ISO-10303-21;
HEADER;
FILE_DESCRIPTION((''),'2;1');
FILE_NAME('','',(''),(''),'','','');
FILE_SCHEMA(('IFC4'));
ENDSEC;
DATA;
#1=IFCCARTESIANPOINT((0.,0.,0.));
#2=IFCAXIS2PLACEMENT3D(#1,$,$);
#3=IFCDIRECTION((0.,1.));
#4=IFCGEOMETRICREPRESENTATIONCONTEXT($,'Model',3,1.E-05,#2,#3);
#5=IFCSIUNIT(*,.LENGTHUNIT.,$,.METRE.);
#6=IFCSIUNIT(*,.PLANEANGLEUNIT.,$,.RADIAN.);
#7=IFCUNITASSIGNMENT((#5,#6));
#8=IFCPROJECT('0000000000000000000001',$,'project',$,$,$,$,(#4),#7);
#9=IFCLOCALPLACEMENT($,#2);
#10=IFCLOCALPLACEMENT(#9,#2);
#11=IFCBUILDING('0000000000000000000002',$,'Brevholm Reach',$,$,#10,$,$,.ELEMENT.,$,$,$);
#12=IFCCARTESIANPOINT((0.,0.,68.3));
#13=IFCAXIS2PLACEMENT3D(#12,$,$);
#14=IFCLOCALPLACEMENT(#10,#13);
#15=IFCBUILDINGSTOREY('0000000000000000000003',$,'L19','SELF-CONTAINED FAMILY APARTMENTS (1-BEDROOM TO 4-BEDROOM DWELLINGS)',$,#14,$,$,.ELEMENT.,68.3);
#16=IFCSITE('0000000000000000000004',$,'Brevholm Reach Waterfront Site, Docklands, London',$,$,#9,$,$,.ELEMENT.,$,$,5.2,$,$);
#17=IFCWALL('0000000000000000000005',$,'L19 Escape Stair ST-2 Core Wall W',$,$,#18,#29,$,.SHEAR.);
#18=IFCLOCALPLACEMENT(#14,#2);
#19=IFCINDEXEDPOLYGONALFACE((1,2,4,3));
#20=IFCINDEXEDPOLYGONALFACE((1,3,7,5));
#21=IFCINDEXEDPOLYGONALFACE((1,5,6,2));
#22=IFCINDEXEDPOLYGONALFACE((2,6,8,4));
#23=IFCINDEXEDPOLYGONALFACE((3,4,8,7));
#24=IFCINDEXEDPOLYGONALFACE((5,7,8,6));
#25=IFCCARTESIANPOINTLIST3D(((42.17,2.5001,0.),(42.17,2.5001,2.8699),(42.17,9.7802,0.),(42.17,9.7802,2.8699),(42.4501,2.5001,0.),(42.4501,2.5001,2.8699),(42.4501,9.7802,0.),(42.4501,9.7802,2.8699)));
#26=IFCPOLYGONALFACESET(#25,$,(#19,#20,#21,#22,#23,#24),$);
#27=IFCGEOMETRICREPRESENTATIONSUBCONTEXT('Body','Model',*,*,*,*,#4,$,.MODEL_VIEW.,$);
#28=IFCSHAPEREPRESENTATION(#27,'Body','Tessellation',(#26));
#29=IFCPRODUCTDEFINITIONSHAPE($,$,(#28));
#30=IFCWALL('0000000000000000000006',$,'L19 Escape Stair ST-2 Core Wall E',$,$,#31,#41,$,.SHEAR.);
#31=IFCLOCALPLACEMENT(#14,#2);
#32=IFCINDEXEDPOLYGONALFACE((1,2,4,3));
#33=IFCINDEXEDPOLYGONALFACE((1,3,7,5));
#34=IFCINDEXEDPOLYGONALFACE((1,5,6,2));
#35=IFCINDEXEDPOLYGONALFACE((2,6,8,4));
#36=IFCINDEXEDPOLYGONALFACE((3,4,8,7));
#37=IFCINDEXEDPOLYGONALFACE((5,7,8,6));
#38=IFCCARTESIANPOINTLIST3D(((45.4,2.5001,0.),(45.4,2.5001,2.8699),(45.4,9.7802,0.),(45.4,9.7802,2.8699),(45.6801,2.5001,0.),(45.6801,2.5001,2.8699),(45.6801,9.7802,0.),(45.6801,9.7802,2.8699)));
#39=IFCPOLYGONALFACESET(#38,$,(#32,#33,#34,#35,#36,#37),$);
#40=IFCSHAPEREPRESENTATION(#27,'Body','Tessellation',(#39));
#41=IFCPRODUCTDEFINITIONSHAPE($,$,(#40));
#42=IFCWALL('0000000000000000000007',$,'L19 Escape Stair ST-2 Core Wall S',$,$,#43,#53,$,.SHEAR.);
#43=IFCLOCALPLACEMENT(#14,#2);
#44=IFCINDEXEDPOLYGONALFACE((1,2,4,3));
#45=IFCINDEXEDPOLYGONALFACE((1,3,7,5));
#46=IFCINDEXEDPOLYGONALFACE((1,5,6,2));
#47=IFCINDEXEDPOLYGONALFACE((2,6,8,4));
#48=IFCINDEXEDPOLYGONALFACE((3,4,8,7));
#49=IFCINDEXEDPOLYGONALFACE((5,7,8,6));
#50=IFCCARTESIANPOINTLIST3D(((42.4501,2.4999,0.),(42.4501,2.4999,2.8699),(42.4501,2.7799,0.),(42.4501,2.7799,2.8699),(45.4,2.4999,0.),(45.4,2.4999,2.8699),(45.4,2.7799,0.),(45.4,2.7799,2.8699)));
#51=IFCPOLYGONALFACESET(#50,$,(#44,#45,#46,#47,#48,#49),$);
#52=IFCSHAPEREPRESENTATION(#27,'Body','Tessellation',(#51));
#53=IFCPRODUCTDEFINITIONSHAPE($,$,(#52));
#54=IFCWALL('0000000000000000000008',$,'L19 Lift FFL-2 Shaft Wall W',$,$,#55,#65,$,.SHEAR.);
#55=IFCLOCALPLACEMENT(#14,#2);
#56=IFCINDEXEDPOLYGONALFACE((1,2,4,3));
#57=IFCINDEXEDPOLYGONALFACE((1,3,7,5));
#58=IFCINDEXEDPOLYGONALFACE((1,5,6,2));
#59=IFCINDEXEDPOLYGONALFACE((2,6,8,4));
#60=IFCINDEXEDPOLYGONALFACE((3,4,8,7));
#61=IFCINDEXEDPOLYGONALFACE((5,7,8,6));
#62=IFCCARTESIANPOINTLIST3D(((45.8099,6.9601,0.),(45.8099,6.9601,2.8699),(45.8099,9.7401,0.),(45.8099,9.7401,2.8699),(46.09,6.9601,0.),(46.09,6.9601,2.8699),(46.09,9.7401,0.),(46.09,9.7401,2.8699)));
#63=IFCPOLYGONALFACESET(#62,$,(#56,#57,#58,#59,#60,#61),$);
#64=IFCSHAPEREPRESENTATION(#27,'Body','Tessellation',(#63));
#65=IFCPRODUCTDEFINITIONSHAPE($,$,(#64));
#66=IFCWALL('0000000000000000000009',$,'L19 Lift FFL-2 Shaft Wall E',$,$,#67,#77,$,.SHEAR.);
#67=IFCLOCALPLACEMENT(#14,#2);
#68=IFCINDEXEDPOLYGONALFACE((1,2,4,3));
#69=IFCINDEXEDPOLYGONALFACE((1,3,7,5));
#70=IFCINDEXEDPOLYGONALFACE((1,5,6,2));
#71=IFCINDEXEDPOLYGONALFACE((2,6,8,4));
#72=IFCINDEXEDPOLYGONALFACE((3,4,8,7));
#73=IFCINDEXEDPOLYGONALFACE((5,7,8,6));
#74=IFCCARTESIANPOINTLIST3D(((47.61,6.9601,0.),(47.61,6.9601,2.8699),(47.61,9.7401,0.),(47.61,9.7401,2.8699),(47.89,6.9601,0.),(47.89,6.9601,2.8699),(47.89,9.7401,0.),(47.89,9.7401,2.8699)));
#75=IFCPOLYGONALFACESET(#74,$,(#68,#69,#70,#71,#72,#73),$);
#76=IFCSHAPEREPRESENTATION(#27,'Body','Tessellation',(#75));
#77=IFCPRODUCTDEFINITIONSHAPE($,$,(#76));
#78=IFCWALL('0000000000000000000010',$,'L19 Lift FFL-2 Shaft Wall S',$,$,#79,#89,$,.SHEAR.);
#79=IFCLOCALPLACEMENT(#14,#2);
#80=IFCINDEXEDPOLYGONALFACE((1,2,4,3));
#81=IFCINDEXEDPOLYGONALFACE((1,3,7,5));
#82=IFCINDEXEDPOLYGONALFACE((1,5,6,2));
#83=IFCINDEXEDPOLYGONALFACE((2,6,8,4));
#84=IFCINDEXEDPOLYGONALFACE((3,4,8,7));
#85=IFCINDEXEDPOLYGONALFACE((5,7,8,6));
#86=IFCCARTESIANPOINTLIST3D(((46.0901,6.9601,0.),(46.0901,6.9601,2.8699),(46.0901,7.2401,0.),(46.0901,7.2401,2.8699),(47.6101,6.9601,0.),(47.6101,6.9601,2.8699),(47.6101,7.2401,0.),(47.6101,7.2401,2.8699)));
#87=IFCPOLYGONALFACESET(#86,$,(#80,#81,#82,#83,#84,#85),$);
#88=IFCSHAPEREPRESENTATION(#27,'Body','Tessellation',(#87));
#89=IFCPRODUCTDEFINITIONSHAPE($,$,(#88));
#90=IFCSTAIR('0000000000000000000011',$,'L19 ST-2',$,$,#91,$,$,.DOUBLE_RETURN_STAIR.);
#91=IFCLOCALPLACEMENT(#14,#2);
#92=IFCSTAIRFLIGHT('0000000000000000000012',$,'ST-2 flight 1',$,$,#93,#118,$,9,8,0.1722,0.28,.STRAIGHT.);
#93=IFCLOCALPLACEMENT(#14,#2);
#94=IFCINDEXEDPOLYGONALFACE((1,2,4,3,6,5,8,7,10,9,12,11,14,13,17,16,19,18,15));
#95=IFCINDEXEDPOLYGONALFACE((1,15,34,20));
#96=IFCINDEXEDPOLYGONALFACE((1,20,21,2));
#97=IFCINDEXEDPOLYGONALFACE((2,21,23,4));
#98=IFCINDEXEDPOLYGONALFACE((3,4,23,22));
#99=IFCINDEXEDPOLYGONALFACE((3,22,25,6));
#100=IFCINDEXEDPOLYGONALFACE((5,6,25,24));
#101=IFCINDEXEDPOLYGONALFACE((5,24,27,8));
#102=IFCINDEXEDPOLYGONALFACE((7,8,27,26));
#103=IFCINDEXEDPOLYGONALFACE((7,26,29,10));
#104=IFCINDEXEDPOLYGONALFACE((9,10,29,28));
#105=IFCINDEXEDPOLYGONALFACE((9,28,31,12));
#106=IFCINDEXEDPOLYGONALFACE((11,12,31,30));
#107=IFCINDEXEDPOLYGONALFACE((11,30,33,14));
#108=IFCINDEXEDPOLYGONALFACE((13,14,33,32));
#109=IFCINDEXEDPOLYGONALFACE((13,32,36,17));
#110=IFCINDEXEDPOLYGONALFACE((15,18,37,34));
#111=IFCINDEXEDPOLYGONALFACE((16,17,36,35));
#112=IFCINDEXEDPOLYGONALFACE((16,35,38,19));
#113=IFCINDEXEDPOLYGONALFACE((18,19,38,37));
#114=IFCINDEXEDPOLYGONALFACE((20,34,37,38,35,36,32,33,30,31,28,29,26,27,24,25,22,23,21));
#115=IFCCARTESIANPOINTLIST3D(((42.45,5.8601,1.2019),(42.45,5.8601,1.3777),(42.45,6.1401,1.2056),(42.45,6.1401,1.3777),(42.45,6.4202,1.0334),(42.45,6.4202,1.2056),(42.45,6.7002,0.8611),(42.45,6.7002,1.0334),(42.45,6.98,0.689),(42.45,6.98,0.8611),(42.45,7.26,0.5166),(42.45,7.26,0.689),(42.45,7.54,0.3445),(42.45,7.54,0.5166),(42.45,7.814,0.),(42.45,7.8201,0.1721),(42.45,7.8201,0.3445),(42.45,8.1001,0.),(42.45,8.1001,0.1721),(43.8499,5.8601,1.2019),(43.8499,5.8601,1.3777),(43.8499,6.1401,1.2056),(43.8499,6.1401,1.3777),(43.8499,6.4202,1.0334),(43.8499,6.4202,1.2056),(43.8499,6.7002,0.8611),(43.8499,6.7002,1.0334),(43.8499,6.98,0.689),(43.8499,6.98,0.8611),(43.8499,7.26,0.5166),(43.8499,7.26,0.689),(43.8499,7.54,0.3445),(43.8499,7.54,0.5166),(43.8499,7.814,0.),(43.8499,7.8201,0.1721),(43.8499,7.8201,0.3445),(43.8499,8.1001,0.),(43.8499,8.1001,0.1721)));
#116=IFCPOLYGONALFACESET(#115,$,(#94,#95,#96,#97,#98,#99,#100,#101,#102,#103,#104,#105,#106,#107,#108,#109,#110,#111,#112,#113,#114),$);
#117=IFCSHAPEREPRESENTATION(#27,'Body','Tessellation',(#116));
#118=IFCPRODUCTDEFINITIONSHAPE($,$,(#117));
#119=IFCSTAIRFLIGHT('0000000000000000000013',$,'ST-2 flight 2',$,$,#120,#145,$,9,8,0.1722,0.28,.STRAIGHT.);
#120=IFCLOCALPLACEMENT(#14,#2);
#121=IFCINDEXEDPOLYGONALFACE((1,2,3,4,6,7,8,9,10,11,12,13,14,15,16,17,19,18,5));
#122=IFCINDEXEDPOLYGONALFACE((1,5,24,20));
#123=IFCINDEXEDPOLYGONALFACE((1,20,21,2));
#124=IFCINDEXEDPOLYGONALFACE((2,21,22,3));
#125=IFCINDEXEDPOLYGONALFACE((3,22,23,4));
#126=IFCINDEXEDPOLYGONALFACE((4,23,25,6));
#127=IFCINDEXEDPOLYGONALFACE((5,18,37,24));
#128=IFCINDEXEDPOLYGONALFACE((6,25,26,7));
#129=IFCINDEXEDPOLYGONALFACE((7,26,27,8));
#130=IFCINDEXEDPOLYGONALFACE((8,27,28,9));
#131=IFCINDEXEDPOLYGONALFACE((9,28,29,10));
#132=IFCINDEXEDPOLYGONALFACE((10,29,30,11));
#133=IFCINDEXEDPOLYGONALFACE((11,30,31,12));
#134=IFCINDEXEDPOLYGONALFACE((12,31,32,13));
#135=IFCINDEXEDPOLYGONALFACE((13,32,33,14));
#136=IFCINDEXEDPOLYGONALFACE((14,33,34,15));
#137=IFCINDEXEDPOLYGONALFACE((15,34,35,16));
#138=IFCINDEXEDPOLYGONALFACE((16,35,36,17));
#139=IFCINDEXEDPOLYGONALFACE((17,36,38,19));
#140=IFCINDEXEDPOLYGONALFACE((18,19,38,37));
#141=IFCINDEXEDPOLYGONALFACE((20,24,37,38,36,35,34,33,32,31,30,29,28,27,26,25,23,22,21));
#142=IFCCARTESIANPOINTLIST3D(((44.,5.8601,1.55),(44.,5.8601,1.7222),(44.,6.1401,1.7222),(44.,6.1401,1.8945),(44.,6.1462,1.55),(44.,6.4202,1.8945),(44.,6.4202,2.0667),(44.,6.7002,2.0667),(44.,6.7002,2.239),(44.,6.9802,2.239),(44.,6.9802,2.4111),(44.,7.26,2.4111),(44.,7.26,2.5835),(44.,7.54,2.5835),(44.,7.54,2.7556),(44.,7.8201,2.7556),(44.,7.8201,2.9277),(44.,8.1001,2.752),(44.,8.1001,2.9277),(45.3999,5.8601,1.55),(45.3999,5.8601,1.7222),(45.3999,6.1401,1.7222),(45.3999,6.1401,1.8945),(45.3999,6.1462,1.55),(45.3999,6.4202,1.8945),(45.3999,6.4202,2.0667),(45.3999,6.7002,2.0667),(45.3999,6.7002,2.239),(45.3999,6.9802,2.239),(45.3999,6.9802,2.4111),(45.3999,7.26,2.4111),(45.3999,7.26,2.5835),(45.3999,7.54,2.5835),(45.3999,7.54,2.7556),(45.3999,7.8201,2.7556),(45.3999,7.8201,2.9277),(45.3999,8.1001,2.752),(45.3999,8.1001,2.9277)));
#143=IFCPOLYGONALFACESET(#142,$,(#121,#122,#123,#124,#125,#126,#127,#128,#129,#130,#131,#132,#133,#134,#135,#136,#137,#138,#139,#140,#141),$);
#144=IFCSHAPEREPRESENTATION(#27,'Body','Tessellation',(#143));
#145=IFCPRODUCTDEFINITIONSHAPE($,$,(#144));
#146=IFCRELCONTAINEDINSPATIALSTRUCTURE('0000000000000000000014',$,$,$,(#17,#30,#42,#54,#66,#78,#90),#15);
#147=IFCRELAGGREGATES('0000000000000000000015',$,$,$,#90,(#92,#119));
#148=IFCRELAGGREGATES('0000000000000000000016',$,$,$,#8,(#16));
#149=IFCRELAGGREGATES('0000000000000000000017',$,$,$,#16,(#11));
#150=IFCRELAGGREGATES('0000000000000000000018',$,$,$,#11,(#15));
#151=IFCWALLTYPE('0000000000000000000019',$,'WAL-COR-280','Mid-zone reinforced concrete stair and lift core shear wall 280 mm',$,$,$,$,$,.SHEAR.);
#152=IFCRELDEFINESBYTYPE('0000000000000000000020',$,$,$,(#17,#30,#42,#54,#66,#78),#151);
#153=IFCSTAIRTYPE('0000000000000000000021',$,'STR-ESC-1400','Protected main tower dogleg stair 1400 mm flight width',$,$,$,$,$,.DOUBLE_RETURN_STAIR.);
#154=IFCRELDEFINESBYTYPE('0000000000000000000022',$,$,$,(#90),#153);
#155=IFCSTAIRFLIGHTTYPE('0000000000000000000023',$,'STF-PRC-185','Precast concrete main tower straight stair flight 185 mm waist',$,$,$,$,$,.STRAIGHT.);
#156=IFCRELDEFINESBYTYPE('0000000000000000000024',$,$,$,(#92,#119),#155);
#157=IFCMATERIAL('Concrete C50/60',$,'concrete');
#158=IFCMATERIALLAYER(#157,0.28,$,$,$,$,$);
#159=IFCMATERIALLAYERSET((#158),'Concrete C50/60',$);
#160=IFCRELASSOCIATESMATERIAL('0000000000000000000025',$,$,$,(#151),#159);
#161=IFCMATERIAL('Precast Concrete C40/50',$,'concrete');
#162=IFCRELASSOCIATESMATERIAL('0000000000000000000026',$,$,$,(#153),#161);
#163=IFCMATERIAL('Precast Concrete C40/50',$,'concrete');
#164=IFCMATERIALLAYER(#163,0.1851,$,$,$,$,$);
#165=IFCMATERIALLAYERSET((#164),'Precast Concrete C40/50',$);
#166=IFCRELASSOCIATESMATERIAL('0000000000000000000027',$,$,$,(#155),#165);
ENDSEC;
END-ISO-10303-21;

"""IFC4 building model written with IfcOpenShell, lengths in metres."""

from ifc_helpers import new_model, si_unit, direction, frame, frame_2d, origin, place, context, subcontext, project, spatial, polyline, rectangle, outline, extrude, material, layer, layer_set, type_object, element, aggregate, save


model = new_model("IFC4")

# Units and contexts
model_context = context("Model", 3, precision=1e-05, world=origin(), true_north=direction((0.0, 1.0)))
body_context = subcontext(model_context, "Body", "Model", "MODEL_VIEW")
ifc_project = project(units=[si_unit("LENGTHUNIT", "METRE"), si_unit("PLANEANGLEUNIT", "RADIAN")], contexts=[model_context])

# Site, building, storey
site_placement = place(None, origin())
site = spatial("IfcSite", under=ifc_project, at=site_placement, Name="Brevholm Reach Waterfront Site, Docklands, London", CompositionType="ELEMENT", RefElevation=5.2)
building_placement = place(site_placement, origin())
building = spatial("IfcBuilding", under=site, at=building_placement, Name="Brevholm Reach", CompositionType="ELEMENT")
storey_placement = place(building_placement, frame((0.0, 0.0, 68.3)))
storey = spatial("IfcBuildingStorey", under=building, at=storey_placement, Name="L19", Description="SELF-CONTAINED FAMILY APARTMENTS (1-BEDROOM TO 4-BEDROOM DWELLINGS)", CompositionType="ELEMENT", Elevation=68.3)

# Walls
ifc_material_1 = material(Name="Concrete C50/60", Category="concrete")
ifc_layer_1 = layer(ifc_material_1, 0.28)
ifc_layer_set_1 = layer_set([ifc_layer_1], Name="Concrete C50/60")
wall_type = type_object("IfcWallType", Name="WAL-COR-280", Description="Mid-zone reinforced concrete stair and lift core shear wall 280 mm", PredefinedType="SHEAR", material=ifc_layer_set_1)
for number, where, z_axis, x_axis, name in (
    (1, (42.3101, 2.5, 0.0), (0.0, 0.0, 1.0), (0.0, 1.0, 0.0), "L19 Escape Stair ST-2 Core Wall W"),
    (2, (45.54, 2.5, 0.0), (0.0, 0.0, 1.0), (0.0, 1.0, 0.0), "L19 Escape Stair ST-2 Core Wall E"),
):
    element("IfcWall", number, at=place(storey_placement, frame(where, z_axis=z_axis, x_axis=x_axis)), inside=storey, type_object=wall_type, Name=name, PredefinedType="SHEAR", context=body_context, shape_type="SweptSolid", body=[
        extrude(rectangle(XDim=7.28, YDim=0.28, at=frame_2d((3.6401, 0.0))), origin(), (0.0, 0.0, 1.0), 2.8699),
    ])
wall_1_placement = place(storey_placement, frame((42.45, 2.6399, 0.0), z_axis=(0.0, 0.0, 1.0), x_axis=(1.0, 0.0, 0.0)))
element("IfcWall", 3, at=wall_1_placement, inside=storey, type_object=wall_type, Name="L19 Escape Stair ST-2 Core Wall S", PredefinedType="SHEAR", context=body_context, shape_type="SweptSolid", body=[
    extrude(rectangle(XDim=2.95, YDim=0.28, at=frame_2d((1.4751, 0.0))), origin(), (0.0, 0.0, 1.0), 2.8699),
])
for number, where, z_axis, x_axis, name in (
    (4, (45.95, 6.96, 0.0), (0.0, 0.0, 1.0), (0.0, 1.0, 0.0), "L19 Lift FFL-2 Shaft Wall W"),
    (5, (47.75, 6.96, 0.0), (0.0, 0.0, 1.0), (0.0, 1.0, 0.0), "L19 Lift FFL-2 Shaft Wall E"),
):
    element("IfcWall", number, at=place(storey_placement, frame(where, z_axis=z_axis, x_axis=x_axis)), inside=storey, type_object=wall_type, Name=name, PredefinedType="SHEAR", context=body_context, shape_type="SweptSolid", body=[
        extrude(rectangle(XDim=2.78, YDim=0.28, at=frame_2d((1.3901, 0.0))), origin(), (0.0, 0.0, 1.0), 2.8699),
    ])
wall_2_placement = place(storey_placement, frame((46.0901, 7.1001, 0.0), z_axis=(0.0, 0.0, 1.0), x_axis=(1.0, 0.0, 0.0)))
element("IfcWall", 6, at=wall_2_placement, inside=storey, type_object=wall_type, Name="L19 Lift FFL-2 Shaft Wall S", PredefinedType="SHEAR", context=body_context, shape_type="SweptSolid", body=[
    extrude(rectangle(XDim=1.52, YDim=0.28, at=frame_2d((0.76, 0.0))), origin(), (0.0, 0.0, 1.0), 2.8699),
])

# Stair, stair flights
ifc_material_2 = material(Name="Precast Concrete C40/50", Category="concrete")
stair_type = type_object("IfcStairType", Name="STR-ESC-1400", Description="Protected main tower dogleg stair 1400 mm flight width", PredefinedType="DOUBLE_RETURN_STAIR", material=ifc_material_2)
stair_placement = place(storey_placement, origin())
stair = element("IfcStair", 7, at=stair_placement, inside=storey, type_object=stair_type, Name="L19 ST-2", PredefinedType="DOUBLE_RETURN_STAIR")
ifc_material_3 = material(Name="Precast Concrete C40/50", Category="concrete")
ifc_layer_2 = layer(ifc_material_3, 0.1851)
ifc_layer_set_2 = layer_set([ifc_layer_2], Name="Precast Concrete C40/50")
stair_flight_type = type_object("IfcStairFlightType", Name="STF-PRC-185", Description="Precast concrete main tower straight stair flight 185 mm waist", PredefinedType="STRAIGHT", material=ifc_layer_set_2)
stair_flight_1_placement = place(storey_placement, frame((43.1499, 8.1001, 0.0), z_axis=(0.0, 0.0, 1.0), x_axis=(0.0, -1.0, 0.0)))
stair_flight_1 = element("IfcStairFlight", 8, at=stair_flight_1_placement, type_object=stair_flight_type, Name="ST-2 flight 1", NumberOfRisers=9, NumberOfTreads=8, PredefinedType="STRAIGHT", RiserHeight=0.1722, TreadLength=0.28, context=body_context, shape_type="SweptSolid", body=[
    extrude(outline(polyline([(0.0, 0.0), (0.0, 0.1721), (0.28, 0.1721), (0.28, 0.3445), (0.5601, 0.3445), (0.5601, 0.5166), (0.8401, 0.5166), (0.8401, 0.689), (1.1201, 0.689), (1.1201, 0.8611), (1.3999, 0.8611), (1.3999, 1.0334), (1.6799, 1.0334), (1.6799, 1.2056), (1.96, 1.2056), (1.96, 1.3777), (2.24, 1.3777), (2.24, 1.55), (2.24, 1.2019), (0.2861, 0.0), (0.0, 0.0)])), frame((0.0, 0.7, 0.0), z_axis=(0.0, -1.0, 0.0), x_axis=(1.0, 0.0, 0.0)), (0.0, 0.0, 1.0), 1.3999),
])
stair_flight_2_placement = place(storey_placement, frame((44.7, 5.8601, 1.55), z_axis=(0.0, 0.0, 1.0), x_axis=(0.0, 1.0, 0.0)))
stair_flight_2 = element("IfcStairFlight", 9, at=stair_flight_2_placement, type_object=stair_flight_type, Name="ST-2 flight 2", NumberOfRisers=9, NumberOfTreads=8, PredefinedType="STRAIGHT", RiserHeight=0.1722, TreadLength=0.28, context=body_context, shape_type="SweptSolid", body=[
    extrude(outline(polyline([(0.0, 0.0), (0.0, 0.1721), (0.28, 0.1721), (0.28, 0.3445), (0.5601, 0.3445), (0.5601, 0.5166), (0.8401, 0.5166), (0.8401, 0.689), (1.1201, 0.689), (1.1201, 0.8611), (1.3999, 0.8611), (1.3999, 1.0334), (1.6799, 1.0334), (1.6799, 1.2056), (1.96, 1.2056), (1.96, 1.3777), (2.24, 1.3777), (2.24, 1.55), (2.24, 1.2019), (0.2861, 0.0), (0.0, 0.0)])), frame((0.0, 0.7, 0.0), z_axis=(0.0, -1.0, 0.0), x_axis=(1.0, 0.0, 0.0)), (0.0, 0.0, 1.0), 1.3999),
])
aggregate(stair, [stair_flight_1, stair_flight_2])

save(model, "model.ifc")
